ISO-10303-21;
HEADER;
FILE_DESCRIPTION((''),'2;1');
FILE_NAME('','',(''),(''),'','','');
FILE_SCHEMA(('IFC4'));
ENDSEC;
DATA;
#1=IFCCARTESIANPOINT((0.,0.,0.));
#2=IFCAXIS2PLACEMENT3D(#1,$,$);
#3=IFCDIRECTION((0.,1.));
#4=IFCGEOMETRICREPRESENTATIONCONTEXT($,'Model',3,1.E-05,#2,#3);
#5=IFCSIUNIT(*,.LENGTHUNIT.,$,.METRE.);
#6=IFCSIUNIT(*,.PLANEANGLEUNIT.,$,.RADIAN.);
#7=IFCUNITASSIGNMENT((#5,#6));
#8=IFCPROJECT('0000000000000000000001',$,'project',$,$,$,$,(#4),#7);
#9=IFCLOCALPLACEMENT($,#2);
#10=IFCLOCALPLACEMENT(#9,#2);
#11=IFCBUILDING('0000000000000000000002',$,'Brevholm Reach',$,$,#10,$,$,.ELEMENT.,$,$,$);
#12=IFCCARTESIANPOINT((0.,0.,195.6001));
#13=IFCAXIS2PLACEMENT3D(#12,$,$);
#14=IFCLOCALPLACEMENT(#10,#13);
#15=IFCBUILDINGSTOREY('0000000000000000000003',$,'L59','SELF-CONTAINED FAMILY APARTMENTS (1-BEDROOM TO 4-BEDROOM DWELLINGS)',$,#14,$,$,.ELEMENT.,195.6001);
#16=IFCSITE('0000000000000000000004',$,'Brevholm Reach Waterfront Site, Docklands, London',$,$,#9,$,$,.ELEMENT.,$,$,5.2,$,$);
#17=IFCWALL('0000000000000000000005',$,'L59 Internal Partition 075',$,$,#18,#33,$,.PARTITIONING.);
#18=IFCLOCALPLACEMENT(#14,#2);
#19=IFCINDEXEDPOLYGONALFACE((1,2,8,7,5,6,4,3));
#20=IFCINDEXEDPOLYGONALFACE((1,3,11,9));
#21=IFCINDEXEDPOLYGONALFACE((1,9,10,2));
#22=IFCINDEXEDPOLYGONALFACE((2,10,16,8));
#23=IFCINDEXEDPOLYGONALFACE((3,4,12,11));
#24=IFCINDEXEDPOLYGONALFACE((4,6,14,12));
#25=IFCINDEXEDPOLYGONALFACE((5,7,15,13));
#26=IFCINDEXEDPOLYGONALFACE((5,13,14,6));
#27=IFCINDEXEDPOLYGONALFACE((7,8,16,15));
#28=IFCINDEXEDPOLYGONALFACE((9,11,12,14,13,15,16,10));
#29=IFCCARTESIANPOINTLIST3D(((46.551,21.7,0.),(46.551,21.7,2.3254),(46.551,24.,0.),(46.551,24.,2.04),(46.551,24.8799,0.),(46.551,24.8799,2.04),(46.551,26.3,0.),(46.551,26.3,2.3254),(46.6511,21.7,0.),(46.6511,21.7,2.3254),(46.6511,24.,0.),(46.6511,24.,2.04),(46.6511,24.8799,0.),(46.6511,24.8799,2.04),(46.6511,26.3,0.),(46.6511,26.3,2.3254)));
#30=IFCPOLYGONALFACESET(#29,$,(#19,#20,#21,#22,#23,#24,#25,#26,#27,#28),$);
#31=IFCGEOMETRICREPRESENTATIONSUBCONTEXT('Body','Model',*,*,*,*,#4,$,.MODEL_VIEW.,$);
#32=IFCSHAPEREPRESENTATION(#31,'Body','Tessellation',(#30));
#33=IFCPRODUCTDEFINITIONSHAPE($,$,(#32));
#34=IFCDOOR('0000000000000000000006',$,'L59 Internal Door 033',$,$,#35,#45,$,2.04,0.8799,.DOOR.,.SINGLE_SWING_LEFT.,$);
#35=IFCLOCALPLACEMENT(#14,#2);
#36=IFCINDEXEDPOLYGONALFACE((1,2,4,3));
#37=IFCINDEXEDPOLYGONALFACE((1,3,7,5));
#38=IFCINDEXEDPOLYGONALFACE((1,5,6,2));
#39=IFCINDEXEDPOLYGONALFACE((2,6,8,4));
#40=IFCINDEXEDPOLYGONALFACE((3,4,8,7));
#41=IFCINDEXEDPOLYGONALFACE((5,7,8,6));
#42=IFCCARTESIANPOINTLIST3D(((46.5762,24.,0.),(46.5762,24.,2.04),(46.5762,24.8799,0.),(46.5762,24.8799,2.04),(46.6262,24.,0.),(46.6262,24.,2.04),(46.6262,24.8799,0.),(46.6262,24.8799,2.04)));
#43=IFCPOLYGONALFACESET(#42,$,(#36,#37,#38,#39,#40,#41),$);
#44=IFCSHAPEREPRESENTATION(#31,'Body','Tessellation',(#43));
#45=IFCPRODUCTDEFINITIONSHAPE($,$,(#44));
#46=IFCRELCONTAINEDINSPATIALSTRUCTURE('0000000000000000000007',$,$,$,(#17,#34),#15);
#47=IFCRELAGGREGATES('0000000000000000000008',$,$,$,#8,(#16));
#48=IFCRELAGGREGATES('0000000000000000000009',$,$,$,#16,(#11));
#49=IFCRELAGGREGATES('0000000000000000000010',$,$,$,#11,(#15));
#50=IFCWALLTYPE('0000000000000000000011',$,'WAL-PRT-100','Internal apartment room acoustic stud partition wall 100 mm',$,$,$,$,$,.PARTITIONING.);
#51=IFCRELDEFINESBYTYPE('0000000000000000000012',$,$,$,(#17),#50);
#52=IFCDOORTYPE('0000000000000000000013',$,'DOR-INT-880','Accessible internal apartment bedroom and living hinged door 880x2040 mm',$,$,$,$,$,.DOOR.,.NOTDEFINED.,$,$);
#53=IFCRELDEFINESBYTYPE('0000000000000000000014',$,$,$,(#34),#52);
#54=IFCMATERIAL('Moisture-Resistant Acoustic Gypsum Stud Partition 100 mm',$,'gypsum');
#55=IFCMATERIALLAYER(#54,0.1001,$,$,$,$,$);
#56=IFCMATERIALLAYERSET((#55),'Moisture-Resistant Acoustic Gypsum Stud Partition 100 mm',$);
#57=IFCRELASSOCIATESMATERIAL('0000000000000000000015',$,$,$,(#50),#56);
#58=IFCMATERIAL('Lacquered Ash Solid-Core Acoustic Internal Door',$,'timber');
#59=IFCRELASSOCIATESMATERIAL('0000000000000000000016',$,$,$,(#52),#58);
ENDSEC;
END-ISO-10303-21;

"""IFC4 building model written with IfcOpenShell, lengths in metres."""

from ifc_helpers import new_model, si_unit, direction, frame, frame_2d, origin, place, context, subcontext, project, spatial, rectangle, extrude, material, layer, layer_set, type_object, element, fill, save


model = new_model("IFC4")

# Units and contexts
model_context = context("Model", 3, precision=1e-05, world=origin(), true_north=direction((0.0, 1.0)))
body_context = subcontext(model_context, "Body", "Model", "MODEL_VIEW")
ifc_project = project(units=[si_unit("LENGTHUNIT", "METRE"), si_unit("PLANEANGLEUNIT", "RADIAN")], contexts=[model_context])

# Site, building, storey
site_placement = place(None, origin())
site = spatial("IfcSite", under=ifc_project, at=site_placement, Name="Brevholm Reach Waterfront Site, Docklands, London", CompositionType="ELEMENT", RefElevation=5.2)
building_placement = place(site_placement, origin())
building = spatial("IfcBuilding", under=site, at=building_placement, Name="Brevholm Reach", CompositionType="ELEMENT")
storey_placement = place(building_placement, frame((0.0, 0.0, 195.6001)))
storey = spatial("IfcBuildingStorey", under=building, at=storey_placement, Name="L59", Description="SELF-CONTAINED FAMILY APARTMENTS (1-BEDROOM TO 4-BEDROOM DWELLINGS)", CompositionType="ELEMENT", Elevation=195.6001)

# Shared definitions
ifc_material_1 = material(Name="Moisture-Resistant Acoustic Gypsum Stud Partition 100 mm", Category="gypsum")
ifc_layer_1 = layer(ifc_material_1, 0.1001)
ifc_layer_set_1 = layer_set([ifc_layer_1], Name="Moisture-Resistant Acoustic Gypsum Stud Partition 100 mm")
wall_type_1 = type_object("IfcWallType", Name="WAL-PRT-100", Description="Internal apartment room acoustic stud partition wall 100 mm", PredefinedType="PARTITIONING", material=ifc_layer_set_1)
ifc_material_2 = material(Name="Lacquered Ash Solid-Core Acoustic Internal Door", Category="timber")
door_type_1 = type_object("IfcDoorType", Name="DOR-INT-880", Description="Accessible internal apartment bedroom and living hinged door 880x2040 mm", OperationType="NOTDEFINED", PredefinedType="DOOR", material=ifc_material_2)

# Wall, opening, door
wall_1_placement = place(storey_placement, frame((46.6011, 21.7, 0.0), z_axis=(0.0, 0.0, 1.0), x_axis=(0.0, 1.0, 0.0)))
wall_1 = element("IfcWall", 1, at=wall_1_placement, inside=storey, type_object=wall_type_1, Name="L59 Internal Partition 075", PredefinedType="PARTITIONING", context=body_context, shape_type="SweptSolid", body=[
    extrude(rectangle(XDim=4.6001, YDim=0.1001, at=frame_2d((2.3, 0.0))), origin(), (0.0, 0.0, 1.0), 2.3254),
])
opening_1_placement = place(wall_1_placement, frame((2.3, 0.0, 0.0)))
opening_1 = element("IfcOpeningElement", 2, at=opening_1_placement, cuts=wall_1, PredefinedType="OPENING", context=body_context, shape_type="SweptSolid", body=[
    extrude(rectangle(XDim=0.8799, YDim=2.04, at=frame_2d((0.4399, 1.02))), frame((0.0, 0.0601, 0.0), z_axis=(0.0, -1.0, 0.0), x_axis=(1.0, 0.0, 0.0)), (0.0, 0.0, 1.0), 0.1201),
])
door_1_placement = place(opening_1_placement, origin())
door_1 = element("IfcDoor", 3, at=door_1_placement, inside=storey, type_object=door_type_1, Name="L59 Internal Door 033", OperationType="SINGLE_SWING_LEFT", OverallHeight=2.04, OverallWidth=0.8799, PredefinedType="DOOR", context=body_context, shape_type="SweptSolid", body=[
    extrude(rectangle(XDim=0.8799, YDim=2.04, at=frame_2d((0.4399, 1.02))), frame((0.0, 0.0249, 0.0), z_axis=(0.0, -1.0, 0.0), x_axis=(1.0, 0.0, 0.0)), (0.0, 0.0, 1.0), 0.05),
])
fill(opening_1, door_1)

save(model, "model.ifc")
